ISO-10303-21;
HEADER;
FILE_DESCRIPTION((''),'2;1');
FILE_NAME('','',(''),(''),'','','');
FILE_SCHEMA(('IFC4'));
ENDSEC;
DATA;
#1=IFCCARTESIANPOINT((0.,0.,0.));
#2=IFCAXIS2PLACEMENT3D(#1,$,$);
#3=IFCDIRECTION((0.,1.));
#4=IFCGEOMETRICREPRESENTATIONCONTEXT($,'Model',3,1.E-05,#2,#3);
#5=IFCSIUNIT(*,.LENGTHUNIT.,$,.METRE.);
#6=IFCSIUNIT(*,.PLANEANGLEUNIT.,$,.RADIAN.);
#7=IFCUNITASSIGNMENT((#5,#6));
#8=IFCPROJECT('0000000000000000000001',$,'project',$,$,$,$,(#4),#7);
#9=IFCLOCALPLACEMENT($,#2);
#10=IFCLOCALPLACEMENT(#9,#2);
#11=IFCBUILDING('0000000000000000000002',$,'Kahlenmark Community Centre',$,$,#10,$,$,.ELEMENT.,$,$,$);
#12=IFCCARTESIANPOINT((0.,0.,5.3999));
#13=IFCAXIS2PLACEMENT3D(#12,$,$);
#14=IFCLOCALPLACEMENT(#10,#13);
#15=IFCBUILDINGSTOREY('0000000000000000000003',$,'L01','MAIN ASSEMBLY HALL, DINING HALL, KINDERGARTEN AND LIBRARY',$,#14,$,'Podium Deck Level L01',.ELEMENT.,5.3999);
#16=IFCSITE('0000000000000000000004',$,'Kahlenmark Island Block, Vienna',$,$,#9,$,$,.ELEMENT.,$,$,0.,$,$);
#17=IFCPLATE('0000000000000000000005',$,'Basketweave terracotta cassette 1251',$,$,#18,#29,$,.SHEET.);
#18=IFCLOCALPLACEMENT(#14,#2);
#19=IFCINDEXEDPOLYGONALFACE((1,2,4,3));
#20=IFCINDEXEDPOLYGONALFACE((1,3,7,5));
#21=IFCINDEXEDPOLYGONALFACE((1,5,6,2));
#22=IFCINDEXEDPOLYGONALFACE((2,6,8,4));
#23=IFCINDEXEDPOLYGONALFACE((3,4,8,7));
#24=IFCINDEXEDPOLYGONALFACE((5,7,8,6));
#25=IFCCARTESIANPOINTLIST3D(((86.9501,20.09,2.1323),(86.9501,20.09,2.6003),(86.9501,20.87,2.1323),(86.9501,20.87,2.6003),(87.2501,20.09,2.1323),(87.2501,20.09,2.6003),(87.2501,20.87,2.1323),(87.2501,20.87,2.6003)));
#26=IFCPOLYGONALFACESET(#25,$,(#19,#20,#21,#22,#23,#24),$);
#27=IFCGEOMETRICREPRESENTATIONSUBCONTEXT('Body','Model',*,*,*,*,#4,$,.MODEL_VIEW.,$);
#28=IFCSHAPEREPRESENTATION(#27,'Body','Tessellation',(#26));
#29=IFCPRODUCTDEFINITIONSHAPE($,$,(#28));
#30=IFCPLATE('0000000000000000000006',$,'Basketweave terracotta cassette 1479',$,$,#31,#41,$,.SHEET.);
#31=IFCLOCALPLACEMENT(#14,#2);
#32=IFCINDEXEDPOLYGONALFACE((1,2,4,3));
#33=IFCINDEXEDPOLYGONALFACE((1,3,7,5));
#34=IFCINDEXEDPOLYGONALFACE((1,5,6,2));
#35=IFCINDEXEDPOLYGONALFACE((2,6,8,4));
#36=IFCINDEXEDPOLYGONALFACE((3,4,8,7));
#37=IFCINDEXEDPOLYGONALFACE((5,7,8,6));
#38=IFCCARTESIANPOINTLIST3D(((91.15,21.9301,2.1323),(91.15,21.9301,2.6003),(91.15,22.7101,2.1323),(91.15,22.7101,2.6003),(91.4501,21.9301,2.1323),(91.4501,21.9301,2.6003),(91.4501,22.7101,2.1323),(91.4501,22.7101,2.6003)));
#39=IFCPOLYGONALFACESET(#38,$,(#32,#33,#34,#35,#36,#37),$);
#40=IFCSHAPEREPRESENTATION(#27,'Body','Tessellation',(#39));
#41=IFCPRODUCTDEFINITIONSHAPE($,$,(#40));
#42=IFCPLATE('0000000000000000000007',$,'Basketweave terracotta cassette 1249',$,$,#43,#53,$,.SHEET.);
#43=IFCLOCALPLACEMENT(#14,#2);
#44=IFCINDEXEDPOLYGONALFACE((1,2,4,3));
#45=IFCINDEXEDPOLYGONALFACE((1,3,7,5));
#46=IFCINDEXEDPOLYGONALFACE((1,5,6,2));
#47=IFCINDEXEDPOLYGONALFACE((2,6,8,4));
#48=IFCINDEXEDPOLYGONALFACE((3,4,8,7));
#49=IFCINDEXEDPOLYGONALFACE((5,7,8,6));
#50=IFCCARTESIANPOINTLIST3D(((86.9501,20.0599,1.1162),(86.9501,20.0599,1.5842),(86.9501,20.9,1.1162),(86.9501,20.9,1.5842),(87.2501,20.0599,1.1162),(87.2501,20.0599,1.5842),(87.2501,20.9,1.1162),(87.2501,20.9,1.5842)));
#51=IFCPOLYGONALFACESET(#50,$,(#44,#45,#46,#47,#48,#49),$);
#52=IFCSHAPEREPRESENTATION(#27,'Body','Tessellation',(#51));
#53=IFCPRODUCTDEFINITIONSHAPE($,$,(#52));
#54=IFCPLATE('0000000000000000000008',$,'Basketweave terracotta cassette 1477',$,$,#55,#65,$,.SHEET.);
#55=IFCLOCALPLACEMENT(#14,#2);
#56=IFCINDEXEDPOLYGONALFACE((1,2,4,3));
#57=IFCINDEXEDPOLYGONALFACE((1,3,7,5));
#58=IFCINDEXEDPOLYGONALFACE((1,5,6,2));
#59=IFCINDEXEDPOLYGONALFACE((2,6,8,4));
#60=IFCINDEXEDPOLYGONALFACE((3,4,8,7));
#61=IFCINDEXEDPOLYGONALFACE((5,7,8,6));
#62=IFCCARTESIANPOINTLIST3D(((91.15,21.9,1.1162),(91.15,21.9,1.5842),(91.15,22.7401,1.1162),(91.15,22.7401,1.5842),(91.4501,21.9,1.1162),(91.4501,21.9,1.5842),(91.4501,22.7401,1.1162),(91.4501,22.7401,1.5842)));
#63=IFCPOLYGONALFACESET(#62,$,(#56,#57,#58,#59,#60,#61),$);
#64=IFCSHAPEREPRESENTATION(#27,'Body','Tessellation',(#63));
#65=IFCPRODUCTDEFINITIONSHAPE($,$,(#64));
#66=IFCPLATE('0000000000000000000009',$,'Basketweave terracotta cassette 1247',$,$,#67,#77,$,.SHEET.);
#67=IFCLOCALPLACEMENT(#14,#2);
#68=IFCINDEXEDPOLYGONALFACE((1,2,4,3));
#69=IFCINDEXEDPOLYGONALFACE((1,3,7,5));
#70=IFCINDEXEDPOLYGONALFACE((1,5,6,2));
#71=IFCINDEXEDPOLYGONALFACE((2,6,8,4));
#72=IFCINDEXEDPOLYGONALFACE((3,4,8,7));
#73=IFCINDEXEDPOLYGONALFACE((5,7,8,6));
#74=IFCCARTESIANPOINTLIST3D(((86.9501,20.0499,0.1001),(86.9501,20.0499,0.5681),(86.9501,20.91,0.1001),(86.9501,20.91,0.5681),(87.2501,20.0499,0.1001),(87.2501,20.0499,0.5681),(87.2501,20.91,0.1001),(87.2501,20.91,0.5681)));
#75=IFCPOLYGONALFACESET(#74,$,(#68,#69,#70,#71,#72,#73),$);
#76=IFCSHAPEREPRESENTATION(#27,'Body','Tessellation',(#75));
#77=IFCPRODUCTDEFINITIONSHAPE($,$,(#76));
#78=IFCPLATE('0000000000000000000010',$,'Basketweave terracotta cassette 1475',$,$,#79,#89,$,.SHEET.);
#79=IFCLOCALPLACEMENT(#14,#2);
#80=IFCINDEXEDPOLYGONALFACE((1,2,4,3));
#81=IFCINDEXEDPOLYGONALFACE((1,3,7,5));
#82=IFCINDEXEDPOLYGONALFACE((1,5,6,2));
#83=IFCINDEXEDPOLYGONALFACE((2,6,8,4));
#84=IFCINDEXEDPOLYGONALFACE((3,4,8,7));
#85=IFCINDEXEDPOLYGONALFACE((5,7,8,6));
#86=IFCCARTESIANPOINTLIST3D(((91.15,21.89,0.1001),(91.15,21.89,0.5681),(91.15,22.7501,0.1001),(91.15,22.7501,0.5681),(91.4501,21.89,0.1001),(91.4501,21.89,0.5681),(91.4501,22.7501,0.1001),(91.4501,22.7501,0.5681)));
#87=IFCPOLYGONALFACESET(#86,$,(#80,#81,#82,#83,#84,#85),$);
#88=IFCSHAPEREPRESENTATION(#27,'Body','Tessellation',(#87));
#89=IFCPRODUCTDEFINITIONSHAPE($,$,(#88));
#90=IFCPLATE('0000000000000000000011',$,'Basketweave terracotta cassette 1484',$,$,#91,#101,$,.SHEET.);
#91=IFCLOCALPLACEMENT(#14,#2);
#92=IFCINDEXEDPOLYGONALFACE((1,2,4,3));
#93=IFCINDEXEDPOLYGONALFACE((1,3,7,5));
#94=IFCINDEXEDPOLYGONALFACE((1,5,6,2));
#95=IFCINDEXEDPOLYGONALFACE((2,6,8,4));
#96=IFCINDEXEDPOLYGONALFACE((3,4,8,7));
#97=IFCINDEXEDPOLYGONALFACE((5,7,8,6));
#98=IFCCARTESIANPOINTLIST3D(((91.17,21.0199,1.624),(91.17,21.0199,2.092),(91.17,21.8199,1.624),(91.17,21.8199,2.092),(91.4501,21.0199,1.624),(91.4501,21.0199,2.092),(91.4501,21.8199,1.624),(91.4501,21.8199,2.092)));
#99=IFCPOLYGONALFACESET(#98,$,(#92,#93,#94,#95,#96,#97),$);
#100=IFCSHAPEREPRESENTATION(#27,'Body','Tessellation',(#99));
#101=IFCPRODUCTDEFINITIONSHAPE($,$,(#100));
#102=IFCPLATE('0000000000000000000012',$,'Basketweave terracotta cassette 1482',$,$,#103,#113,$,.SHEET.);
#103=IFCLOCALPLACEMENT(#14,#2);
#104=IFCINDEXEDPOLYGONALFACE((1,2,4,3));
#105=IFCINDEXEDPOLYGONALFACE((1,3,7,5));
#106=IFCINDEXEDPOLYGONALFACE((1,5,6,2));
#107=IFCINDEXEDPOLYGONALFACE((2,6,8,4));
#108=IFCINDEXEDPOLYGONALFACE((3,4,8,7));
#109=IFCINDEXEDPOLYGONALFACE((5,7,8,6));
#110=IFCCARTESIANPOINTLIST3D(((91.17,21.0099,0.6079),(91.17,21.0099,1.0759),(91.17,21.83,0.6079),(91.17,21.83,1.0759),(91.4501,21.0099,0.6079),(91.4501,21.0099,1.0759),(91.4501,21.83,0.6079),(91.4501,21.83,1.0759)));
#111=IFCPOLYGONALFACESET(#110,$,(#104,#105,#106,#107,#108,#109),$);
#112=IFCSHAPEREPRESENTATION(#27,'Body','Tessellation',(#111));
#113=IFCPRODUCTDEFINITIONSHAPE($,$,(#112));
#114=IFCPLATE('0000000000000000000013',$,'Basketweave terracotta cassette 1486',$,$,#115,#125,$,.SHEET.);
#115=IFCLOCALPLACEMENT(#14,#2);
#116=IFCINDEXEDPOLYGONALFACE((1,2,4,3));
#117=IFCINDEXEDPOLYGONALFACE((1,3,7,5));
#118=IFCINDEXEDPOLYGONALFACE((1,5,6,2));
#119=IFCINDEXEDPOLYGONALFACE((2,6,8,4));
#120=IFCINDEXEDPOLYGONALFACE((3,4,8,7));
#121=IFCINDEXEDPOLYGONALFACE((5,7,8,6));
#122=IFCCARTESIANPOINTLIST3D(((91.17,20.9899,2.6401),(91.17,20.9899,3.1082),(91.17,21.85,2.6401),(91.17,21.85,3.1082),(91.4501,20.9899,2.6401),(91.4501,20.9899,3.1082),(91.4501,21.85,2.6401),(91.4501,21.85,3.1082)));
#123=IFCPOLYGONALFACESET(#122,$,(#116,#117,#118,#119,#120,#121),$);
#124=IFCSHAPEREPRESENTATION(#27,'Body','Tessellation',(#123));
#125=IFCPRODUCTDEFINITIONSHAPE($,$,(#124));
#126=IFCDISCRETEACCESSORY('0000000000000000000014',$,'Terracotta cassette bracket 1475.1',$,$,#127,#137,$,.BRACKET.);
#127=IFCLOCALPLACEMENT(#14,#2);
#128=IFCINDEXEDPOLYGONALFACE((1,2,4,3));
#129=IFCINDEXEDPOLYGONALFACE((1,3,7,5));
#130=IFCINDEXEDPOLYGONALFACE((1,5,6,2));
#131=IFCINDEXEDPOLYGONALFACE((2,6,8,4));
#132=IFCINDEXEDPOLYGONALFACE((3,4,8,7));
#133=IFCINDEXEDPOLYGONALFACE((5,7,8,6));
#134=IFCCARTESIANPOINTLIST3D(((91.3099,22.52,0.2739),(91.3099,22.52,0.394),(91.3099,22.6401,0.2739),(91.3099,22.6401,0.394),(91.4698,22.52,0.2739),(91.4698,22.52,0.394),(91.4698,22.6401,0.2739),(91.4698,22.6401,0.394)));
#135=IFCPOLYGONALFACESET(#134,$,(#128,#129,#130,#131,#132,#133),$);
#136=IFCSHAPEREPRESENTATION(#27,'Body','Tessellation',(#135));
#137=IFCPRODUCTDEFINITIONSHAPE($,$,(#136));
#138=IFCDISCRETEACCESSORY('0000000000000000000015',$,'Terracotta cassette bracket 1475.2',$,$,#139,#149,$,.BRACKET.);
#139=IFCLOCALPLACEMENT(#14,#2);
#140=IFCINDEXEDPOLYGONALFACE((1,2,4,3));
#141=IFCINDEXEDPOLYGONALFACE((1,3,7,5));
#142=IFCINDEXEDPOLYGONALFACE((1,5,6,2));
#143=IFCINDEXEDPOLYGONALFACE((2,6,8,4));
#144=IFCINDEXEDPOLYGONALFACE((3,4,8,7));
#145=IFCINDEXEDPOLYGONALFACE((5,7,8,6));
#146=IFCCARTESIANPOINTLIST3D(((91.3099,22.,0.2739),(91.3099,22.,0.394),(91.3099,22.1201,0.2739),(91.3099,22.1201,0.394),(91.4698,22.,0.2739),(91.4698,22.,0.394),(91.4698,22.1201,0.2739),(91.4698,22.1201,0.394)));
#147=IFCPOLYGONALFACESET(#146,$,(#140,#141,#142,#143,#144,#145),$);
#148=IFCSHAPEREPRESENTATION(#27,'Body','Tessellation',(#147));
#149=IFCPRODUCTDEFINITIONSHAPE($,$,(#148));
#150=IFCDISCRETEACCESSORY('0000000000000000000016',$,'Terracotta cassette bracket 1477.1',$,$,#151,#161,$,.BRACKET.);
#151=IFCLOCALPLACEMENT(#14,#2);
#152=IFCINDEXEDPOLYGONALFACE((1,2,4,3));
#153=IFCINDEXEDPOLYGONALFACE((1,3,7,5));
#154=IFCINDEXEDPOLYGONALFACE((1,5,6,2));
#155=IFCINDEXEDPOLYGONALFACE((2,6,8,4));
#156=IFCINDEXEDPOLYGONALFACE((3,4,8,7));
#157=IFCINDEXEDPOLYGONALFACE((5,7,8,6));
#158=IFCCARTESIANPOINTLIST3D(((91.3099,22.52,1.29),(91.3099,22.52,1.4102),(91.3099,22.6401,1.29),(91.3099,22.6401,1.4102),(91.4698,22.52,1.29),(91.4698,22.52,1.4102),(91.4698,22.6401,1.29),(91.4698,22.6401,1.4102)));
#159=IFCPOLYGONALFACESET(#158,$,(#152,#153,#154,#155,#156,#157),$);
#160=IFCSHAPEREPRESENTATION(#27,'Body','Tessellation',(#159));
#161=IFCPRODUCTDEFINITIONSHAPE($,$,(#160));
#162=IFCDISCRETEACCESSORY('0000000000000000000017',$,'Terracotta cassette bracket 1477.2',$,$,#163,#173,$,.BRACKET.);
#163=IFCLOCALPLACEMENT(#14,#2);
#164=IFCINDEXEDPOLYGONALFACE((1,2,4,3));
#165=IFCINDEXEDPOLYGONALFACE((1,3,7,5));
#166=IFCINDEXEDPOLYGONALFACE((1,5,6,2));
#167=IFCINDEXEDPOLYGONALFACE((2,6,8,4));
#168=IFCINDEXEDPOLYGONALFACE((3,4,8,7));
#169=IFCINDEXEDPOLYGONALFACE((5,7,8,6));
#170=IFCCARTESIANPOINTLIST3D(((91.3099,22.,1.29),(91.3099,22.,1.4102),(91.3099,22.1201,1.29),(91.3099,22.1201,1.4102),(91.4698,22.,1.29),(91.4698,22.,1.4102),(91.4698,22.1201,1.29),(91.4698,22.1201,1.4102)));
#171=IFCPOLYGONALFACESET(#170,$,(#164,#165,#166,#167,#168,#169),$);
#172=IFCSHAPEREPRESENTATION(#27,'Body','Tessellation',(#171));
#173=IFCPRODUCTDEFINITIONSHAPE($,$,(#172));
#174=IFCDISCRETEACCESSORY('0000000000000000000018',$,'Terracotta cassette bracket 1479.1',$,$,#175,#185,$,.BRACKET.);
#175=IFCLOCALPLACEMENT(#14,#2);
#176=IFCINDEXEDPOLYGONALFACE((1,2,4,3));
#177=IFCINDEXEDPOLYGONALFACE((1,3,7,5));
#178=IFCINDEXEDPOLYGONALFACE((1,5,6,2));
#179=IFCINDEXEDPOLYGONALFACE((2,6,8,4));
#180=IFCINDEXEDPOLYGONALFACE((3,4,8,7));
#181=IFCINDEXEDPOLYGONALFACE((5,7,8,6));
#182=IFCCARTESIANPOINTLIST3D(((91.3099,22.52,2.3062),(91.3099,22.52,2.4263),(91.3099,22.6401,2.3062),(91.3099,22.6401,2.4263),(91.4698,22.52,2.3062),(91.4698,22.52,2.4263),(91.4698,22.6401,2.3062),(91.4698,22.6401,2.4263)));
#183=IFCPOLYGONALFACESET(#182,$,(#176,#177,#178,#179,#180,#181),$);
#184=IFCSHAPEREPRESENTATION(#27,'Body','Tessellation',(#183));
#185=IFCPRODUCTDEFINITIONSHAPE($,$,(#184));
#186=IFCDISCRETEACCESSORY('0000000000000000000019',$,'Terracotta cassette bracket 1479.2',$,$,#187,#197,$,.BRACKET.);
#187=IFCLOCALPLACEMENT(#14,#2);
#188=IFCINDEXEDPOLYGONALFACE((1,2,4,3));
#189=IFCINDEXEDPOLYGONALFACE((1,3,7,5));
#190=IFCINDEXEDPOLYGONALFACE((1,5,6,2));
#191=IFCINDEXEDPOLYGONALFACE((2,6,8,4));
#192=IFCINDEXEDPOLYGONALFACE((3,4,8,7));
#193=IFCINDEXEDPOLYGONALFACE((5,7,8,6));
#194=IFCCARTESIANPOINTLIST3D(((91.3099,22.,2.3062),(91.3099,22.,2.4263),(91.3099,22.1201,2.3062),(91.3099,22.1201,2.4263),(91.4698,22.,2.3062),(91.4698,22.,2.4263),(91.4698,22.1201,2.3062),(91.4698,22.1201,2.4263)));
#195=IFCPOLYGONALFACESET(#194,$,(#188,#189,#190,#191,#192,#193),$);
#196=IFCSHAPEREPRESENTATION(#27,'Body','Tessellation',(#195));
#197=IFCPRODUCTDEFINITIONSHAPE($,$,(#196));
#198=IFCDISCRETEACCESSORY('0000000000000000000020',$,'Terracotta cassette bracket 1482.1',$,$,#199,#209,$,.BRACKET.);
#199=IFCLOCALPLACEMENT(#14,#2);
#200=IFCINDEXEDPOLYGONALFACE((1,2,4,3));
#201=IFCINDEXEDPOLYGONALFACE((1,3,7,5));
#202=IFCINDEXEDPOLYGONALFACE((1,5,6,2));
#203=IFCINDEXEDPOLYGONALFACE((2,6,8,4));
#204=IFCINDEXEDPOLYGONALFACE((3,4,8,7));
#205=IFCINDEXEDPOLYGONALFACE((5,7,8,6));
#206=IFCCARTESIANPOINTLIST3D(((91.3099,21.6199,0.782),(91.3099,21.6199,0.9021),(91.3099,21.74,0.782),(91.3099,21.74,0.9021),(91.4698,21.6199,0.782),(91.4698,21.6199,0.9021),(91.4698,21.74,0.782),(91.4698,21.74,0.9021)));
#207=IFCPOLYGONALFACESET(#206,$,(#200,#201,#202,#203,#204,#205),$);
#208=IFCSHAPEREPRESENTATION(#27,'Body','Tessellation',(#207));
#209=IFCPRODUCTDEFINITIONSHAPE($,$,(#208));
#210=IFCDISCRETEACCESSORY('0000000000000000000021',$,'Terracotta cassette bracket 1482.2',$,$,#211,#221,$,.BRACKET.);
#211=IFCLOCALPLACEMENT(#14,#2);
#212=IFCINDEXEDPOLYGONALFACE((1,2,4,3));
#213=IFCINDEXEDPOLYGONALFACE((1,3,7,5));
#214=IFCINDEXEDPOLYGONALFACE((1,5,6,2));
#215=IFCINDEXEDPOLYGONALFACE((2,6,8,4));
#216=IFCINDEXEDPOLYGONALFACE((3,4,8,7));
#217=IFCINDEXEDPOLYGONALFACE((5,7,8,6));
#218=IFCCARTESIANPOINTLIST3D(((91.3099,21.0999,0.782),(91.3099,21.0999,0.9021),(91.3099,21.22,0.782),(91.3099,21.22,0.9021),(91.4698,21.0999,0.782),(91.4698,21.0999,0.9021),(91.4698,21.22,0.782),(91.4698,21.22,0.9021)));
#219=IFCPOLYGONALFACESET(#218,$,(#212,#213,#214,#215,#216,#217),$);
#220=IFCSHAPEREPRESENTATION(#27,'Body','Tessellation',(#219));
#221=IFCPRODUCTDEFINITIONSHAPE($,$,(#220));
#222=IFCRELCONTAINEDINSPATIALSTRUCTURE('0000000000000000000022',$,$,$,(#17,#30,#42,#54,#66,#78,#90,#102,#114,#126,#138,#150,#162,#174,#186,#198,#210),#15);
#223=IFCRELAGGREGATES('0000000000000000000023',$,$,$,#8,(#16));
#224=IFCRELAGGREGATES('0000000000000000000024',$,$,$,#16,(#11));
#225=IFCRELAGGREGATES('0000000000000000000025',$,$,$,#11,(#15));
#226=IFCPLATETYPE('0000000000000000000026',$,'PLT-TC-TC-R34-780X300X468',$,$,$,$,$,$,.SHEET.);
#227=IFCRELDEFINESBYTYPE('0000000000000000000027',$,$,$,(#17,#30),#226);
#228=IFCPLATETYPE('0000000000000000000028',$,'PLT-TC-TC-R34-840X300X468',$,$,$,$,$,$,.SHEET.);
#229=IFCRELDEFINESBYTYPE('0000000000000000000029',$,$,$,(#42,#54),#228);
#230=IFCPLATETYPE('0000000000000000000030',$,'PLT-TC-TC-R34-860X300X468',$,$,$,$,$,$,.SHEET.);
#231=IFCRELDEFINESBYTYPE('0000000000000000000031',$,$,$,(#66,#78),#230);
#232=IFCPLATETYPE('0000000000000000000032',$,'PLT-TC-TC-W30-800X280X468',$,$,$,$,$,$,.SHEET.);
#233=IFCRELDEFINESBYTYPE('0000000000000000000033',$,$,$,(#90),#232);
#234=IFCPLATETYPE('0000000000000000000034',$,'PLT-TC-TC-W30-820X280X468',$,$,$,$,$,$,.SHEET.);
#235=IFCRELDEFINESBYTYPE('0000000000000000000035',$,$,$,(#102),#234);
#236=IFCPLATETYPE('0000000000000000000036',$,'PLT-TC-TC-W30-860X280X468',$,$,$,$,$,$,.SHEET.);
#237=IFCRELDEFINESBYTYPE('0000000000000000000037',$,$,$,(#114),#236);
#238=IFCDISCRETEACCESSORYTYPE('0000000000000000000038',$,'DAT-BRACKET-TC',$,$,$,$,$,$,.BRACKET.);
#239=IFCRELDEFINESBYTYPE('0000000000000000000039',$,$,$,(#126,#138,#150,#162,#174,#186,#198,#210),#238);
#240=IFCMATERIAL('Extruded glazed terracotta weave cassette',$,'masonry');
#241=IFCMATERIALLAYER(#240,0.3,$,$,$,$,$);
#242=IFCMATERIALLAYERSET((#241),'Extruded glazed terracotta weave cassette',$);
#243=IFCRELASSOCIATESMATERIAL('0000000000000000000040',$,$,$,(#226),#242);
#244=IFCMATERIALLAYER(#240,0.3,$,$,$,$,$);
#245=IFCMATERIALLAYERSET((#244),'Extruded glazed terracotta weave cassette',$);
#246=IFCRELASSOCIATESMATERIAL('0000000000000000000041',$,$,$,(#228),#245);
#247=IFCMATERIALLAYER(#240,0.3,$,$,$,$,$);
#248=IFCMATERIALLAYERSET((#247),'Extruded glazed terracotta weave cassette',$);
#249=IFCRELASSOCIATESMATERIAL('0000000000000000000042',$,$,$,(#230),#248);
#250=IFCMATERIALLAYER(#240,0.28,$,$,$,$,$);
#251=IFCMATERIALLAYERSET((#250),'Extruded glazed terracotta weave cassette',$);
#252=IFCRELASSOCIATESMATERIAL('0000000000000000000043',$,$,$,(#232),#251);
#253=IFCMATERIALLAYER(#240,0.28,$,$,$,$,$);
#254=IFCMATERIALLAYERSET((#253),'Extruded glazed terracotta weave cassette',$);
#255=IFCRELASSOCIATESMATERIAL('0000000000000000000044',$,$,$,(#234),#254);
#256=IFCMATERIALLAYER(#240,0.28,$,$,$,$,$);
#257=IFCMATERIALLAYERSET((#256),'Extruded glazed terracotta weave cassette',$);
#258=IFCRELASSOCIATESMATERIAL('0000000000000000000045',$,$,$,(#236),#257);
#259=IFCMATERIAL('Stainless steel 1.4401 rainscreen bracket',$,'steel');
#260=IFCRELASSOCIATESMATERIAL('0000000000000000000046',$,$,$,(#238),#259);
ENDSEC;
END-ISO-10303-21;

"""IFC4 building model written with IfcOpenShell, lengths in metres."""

from ifc_helpers import new_model, si_unit, direction, frame, origin, origin_2d, place, context, subcontext, project, spatial, rectangle, extrude, material, layer, layer_set, type_object, element, save


model = new_model("IFC4")

# Units and contexts
model_context = context("Model", 3, precision=1e-05, world=origin(), true_north=direction((0.0, 1.0)))
body_context = subcontext(model_context, "Body", "Model", "MODEL_VIEW")
ifc_project = project(units=[si_unit("LENGTHUNIT", "METRE"), si_unit("PLANEANGLEUNIT", "RADIAN")], contexts=[model_context])

# Site, building, storey
site_placement = place(None, origin())
site = spatial("IfcSite", under=ifc_project, at=site_placement, Name="Kahlenmark Island Block, Vienna", CompositionType="ELEMENT", RefElevation=0.0)
building_placement = place(site_placement, origin())
building = spatial("IfcBuilding", under=site, at=building_placement, Name="Kahlenmark Community Centre", CompositionType="ELEMENT")
storey_placement = place(building_placement, frame((0.0, 0.0, 5.3999)))
storey = spatial("IfcBuildingStorey", under=building, at=storey_placement, Name="L01", Description="MAIN ASSEMBLY HALL, DINING HALL, KINDERGARTEN AND LIBRARY", LongName="Podium Deck Level L01", CompositionType="ELEMENT", Elevation=5.3999)

# Plates
ifc_material_1 = material(Name="Extruded glazed terracotta weave cassette", Category="masonry")
ifc_layer_1 = layer(ifc_material_1, 0.3)
ifc_layer_set_1 = layer_set([ifc_layer_1], Name="Extruded glazed terracotta weave cassette")
plate_type_1 = type_object("IfcPlateType", Name="PLT-TC-TC-R34-780X300X468", PredefinedType="SHEET", material=ifc_layer_set_1)
for number, where, z_axis, x_axis, name in (
    (1, (87.1001, 20.48, 2.1323), (0.0, 0.0, 1.0), (0.0, 1.0, 0.0), "Basketweave terracotta cassette 1251"),
    (2, (91.3, 22.3201, 2.1323), (0.0, 0.0, 1.0), (0.0, -1.0, 0.0), "Basketweave terracotta cassette 1479"),
):
    element("IfcPlate", number, at=place(storey_placement, frame(where, z_axis=z_axis, x_axis=x_axis)), inside=storey, type_object=plate_type_1, Name=name, PredefinedType="SHEET", context=body_context, shape_type="SweptSolid", body=[
        extrude(rectangle(XDim=0.78, YDim=0.3, at=origin_2d()), origin(), (0.0, 0.0, 1.0), 0.468),
    ])
ifc_layer_2 = layer(ifc_material_1, 0.3)
ifc_layer_set_2 = layer_set([ifc_layer_2], Name="Extruded glazed terracotta weave cassette")
plate_type_2 = type_object("IfcPlateType", Name="PLT-TC-TC-R34-840X300X468", PredefinedType="SHEET", material=ifc_layer_set_2)
for number, where, z_axis, x_axis, name in (
    (3, (87.1001, 20.48, 1.1162), (0.0, 0.0, 1.0), (0.0, 1.0, 0.0), "Basketweave terracotta cassette 1249"),
    (4, (91.3, 22.3201, 1.1162), (0.0, 0.0, 1.0), (0.0, -1.0, 0.0), "Basketweave terracotta cassette 1477"),
):
    element("IfcPlate", number, at=place(storey_placement, frame(where, z_axis=z_axis, x_axis=x_axis)), inside=storey, type_object=plate_type_2, Name=name, PredefinedType="SHEET", context=body_context, shape_type="SweptSolid", body=[
        extrude(rectangle(XDim=0.8401, YDim=0.3, at=origin_2d()), origin(), (0.0, 0.0, 1.0), 0.468),
    ])
ifc_layer_3 = layer(ifc_material_1, 0.3)
ifc_layer_set_3 = layer_set([ifc_layer_3], Name="Extruded glazed terracotta weave cassette")
plate_type_3 = type_object("IfcPlateType", Name="PLT-TC-TC-R34-860X300X468", PredefinedType="SHEET", material=ifc_layer_set_3)
for number, where, z_axis, x_axis, name in (
    (5, (87.1001, 20.48, 0.1001), (0.0, 0.0, 1.0), (0.0, 1.0, 0.0), "Basketweave terracotta cassette 1247"),
    (6, (91.3, 22.3201, 0.1001), (0.0, 0.0, 1.0), (0.0, -1.0, 0.0), "Basketweave terracotta cassette 1475"),
):
    element("IfcPlate", number, at=place(storey_placement, frame(where, z_axis=z_axis, x_axis=x_axis)), inside=storey, type_object=plate_type_3, Name=name, PredefinedType="SHEET", context=body_context, shape_type="SweptSolid", body=[
        extrude(rectangle(XDim=0.8601, YDim=0.3, at=origin_2d()), origin(), (0.0, 0.0, 1.0), 0.468),
    ])
ifc_layer_4 = layer(ifc_material_1, 0.28)
ifc_layer_set_4 = layer_set([ifc_layer_4], Name="Extruded glazed terracotta weave cassette")
plate_type_4 = type_object("IfcPlateType", Name="PLT-TC-TC-W30-800X280X468", PredefinedType="SHEET", material=ifc_layer_set_4)
plate_1_placement = place(storey_placement, frame((91.3101, 21.4199, 1.624), z_axis=(0.0, 0.0, 1.0), x_axis=(0.0, -1.0, 0.0)))
element("IfcPlate", 7, at=plate_1_placement, inside=storey, type_object=plate_type_4, Name="Basketweave terracotta cassette 1484", PredefinedType="SHEET", context=body_context, shape_type="SweptSolid", body=[
    extrude(rectangle(XDim=0.8, YDim=0.28, at=origin_2d()), origin(), (0.0, 0.0, 1.0), 0.468),
])
ifc_layer_5 = layer(ifc_material_1, 0.28)
ifc_layer_set_5 = layer_set([ifc_layer_5], Name="Extruded glazed terracotta weave cassette")
plate_type_5 = type_object("IfcPlateType", Name="PLT-TC-TC-W30-820X280X468", PredefinedType="SHEET", material=ifc_layer_set_5)
plate_2_placement = place(storey_placement, frame((91.3101, 21.4199, 0.6079), z_axis=(0.0, 0.0, 1.0), x_axis=(0.0, -1.0, 0.0)))
element("IfcPlate", 8, at=plate_2_placement, inside=storey, type_object=plate_type_5, Name="Basketweave terracotta cassette 1482", PredefinedType="SHEET", context=body_context, shape_type="SweptSolid", body=[
    extrude(rectangle(XDim=0.8201, YDim=0.28, at=origin_2d()), origin(), (0.0, 0.0, 1.0), 0.468),
])
ifc_layer_6 = layer(ifc_material_1, 0.28)
ifc_layer_set_6 = layer_set([ifc_layer_6], Name="Extruded glazed terracotta weave cassette")
plate_type_6 = type_object("IfcPlateType", Name="PLT-TC-TC-W30-860X280X468", PredefinedType="SHEET", material=ifc_layer_set_6)
plate_3_placement = place(storey_placement, frame((91.3101, 21.4199, 2.6401), z_axis=(0.0, 0.0, 1.0), x_axis=(0.0, -1.0, 0.0)))
element("IfcPlate", 9, at=plate_3_placement, inside=storey, type_object=plate_type_6, Name="Basketweave terracotta cassette 1486", PredefinedType="SHEET", context=body_context, shape_type="SweptSolid", body=[
    extrude(rectangle(XDim=0.8601, YDim=0.28, at=origin_2d()), origin(), (0.0, 0.0, 1.0), 0.468),
])

# Discrete accessories
ifc_material_2 = material(Name="Stainless steel 1.4401 rainscreen bracket", Category="steel")
discrete_accessory_type = type_object("IfcDiscreteAccessoryType", Name="DAT-BRACKET-TC", PredefinedType="BRACKET", material=ifc_material_2)
for number, where, z_axis, x_axis, name in (
    (10, (91.3899, 22.5801, 0.2739), (0.0, 0.0, 1.0), (0.0, -1.0, 0.0), "Terracotta cassette bracket 1475.1"),
    (11, (91.3899, 22.0601, 0.2739), (0.0, 0.0, 1.0), (0.0, -1.0, 0.0), "Terracotta cassette bracket 1475.2"),
    (12, (91.3899, 22.5801, 1.29), (0.0, 0.0, 1.0), (0.0, -1.0, 0.0), "Terracotta cassette bracket 1477.1"),
    (13, (91.3899, 22.0601, 1.29), (0.0, 0.0, 1.0), (0.0, -1.0, 0.0), "Terracotta cassette bracket 1477.2"),
    (14, (91.3899, 22.5801, 2.3062), (0.0, 0.0, 1.0), (0.0, -1.0, 0.0), "Terracotta cassette bracket 1479.1"),
    (15, (91.3899, 22.0601, 2.3062), (0.0, 0.0, 1.0), (0.0, -1.0, 0.0), "Terracotta cassette bracket 1479.2"),
    (16, (91.3899, 21.6799, 0.782), (0.0, 0.0, 1.0), (0.0, -1.0, 0.0), "Terracotta cassette bracket 1482.1"),
    (17, (91.3899, 21.1599, 0.782), (0.0, 0.0, 1.0), (0.0, -1.0, 0.0), "Terracotta cassette bracket 1482.2"),
):
    element("IfcDiscreteAccessory", number, at=place(storey_placement, frame(where, z_axis=z_axis, x_axis=x_axis)), inside=storey, type_object=discrete_accessory_type, Name=name, PredefinedType="BRACKET", context=body_context, shape_type="SweptSolid", body=[
        extrude(rectangle(XDim=0.1201, YDim=0.1599, at=origin_2d()), origin(), (0.0, 0.0, 1.0), 0.1201),
    ])

save(model, "model.ifc")
